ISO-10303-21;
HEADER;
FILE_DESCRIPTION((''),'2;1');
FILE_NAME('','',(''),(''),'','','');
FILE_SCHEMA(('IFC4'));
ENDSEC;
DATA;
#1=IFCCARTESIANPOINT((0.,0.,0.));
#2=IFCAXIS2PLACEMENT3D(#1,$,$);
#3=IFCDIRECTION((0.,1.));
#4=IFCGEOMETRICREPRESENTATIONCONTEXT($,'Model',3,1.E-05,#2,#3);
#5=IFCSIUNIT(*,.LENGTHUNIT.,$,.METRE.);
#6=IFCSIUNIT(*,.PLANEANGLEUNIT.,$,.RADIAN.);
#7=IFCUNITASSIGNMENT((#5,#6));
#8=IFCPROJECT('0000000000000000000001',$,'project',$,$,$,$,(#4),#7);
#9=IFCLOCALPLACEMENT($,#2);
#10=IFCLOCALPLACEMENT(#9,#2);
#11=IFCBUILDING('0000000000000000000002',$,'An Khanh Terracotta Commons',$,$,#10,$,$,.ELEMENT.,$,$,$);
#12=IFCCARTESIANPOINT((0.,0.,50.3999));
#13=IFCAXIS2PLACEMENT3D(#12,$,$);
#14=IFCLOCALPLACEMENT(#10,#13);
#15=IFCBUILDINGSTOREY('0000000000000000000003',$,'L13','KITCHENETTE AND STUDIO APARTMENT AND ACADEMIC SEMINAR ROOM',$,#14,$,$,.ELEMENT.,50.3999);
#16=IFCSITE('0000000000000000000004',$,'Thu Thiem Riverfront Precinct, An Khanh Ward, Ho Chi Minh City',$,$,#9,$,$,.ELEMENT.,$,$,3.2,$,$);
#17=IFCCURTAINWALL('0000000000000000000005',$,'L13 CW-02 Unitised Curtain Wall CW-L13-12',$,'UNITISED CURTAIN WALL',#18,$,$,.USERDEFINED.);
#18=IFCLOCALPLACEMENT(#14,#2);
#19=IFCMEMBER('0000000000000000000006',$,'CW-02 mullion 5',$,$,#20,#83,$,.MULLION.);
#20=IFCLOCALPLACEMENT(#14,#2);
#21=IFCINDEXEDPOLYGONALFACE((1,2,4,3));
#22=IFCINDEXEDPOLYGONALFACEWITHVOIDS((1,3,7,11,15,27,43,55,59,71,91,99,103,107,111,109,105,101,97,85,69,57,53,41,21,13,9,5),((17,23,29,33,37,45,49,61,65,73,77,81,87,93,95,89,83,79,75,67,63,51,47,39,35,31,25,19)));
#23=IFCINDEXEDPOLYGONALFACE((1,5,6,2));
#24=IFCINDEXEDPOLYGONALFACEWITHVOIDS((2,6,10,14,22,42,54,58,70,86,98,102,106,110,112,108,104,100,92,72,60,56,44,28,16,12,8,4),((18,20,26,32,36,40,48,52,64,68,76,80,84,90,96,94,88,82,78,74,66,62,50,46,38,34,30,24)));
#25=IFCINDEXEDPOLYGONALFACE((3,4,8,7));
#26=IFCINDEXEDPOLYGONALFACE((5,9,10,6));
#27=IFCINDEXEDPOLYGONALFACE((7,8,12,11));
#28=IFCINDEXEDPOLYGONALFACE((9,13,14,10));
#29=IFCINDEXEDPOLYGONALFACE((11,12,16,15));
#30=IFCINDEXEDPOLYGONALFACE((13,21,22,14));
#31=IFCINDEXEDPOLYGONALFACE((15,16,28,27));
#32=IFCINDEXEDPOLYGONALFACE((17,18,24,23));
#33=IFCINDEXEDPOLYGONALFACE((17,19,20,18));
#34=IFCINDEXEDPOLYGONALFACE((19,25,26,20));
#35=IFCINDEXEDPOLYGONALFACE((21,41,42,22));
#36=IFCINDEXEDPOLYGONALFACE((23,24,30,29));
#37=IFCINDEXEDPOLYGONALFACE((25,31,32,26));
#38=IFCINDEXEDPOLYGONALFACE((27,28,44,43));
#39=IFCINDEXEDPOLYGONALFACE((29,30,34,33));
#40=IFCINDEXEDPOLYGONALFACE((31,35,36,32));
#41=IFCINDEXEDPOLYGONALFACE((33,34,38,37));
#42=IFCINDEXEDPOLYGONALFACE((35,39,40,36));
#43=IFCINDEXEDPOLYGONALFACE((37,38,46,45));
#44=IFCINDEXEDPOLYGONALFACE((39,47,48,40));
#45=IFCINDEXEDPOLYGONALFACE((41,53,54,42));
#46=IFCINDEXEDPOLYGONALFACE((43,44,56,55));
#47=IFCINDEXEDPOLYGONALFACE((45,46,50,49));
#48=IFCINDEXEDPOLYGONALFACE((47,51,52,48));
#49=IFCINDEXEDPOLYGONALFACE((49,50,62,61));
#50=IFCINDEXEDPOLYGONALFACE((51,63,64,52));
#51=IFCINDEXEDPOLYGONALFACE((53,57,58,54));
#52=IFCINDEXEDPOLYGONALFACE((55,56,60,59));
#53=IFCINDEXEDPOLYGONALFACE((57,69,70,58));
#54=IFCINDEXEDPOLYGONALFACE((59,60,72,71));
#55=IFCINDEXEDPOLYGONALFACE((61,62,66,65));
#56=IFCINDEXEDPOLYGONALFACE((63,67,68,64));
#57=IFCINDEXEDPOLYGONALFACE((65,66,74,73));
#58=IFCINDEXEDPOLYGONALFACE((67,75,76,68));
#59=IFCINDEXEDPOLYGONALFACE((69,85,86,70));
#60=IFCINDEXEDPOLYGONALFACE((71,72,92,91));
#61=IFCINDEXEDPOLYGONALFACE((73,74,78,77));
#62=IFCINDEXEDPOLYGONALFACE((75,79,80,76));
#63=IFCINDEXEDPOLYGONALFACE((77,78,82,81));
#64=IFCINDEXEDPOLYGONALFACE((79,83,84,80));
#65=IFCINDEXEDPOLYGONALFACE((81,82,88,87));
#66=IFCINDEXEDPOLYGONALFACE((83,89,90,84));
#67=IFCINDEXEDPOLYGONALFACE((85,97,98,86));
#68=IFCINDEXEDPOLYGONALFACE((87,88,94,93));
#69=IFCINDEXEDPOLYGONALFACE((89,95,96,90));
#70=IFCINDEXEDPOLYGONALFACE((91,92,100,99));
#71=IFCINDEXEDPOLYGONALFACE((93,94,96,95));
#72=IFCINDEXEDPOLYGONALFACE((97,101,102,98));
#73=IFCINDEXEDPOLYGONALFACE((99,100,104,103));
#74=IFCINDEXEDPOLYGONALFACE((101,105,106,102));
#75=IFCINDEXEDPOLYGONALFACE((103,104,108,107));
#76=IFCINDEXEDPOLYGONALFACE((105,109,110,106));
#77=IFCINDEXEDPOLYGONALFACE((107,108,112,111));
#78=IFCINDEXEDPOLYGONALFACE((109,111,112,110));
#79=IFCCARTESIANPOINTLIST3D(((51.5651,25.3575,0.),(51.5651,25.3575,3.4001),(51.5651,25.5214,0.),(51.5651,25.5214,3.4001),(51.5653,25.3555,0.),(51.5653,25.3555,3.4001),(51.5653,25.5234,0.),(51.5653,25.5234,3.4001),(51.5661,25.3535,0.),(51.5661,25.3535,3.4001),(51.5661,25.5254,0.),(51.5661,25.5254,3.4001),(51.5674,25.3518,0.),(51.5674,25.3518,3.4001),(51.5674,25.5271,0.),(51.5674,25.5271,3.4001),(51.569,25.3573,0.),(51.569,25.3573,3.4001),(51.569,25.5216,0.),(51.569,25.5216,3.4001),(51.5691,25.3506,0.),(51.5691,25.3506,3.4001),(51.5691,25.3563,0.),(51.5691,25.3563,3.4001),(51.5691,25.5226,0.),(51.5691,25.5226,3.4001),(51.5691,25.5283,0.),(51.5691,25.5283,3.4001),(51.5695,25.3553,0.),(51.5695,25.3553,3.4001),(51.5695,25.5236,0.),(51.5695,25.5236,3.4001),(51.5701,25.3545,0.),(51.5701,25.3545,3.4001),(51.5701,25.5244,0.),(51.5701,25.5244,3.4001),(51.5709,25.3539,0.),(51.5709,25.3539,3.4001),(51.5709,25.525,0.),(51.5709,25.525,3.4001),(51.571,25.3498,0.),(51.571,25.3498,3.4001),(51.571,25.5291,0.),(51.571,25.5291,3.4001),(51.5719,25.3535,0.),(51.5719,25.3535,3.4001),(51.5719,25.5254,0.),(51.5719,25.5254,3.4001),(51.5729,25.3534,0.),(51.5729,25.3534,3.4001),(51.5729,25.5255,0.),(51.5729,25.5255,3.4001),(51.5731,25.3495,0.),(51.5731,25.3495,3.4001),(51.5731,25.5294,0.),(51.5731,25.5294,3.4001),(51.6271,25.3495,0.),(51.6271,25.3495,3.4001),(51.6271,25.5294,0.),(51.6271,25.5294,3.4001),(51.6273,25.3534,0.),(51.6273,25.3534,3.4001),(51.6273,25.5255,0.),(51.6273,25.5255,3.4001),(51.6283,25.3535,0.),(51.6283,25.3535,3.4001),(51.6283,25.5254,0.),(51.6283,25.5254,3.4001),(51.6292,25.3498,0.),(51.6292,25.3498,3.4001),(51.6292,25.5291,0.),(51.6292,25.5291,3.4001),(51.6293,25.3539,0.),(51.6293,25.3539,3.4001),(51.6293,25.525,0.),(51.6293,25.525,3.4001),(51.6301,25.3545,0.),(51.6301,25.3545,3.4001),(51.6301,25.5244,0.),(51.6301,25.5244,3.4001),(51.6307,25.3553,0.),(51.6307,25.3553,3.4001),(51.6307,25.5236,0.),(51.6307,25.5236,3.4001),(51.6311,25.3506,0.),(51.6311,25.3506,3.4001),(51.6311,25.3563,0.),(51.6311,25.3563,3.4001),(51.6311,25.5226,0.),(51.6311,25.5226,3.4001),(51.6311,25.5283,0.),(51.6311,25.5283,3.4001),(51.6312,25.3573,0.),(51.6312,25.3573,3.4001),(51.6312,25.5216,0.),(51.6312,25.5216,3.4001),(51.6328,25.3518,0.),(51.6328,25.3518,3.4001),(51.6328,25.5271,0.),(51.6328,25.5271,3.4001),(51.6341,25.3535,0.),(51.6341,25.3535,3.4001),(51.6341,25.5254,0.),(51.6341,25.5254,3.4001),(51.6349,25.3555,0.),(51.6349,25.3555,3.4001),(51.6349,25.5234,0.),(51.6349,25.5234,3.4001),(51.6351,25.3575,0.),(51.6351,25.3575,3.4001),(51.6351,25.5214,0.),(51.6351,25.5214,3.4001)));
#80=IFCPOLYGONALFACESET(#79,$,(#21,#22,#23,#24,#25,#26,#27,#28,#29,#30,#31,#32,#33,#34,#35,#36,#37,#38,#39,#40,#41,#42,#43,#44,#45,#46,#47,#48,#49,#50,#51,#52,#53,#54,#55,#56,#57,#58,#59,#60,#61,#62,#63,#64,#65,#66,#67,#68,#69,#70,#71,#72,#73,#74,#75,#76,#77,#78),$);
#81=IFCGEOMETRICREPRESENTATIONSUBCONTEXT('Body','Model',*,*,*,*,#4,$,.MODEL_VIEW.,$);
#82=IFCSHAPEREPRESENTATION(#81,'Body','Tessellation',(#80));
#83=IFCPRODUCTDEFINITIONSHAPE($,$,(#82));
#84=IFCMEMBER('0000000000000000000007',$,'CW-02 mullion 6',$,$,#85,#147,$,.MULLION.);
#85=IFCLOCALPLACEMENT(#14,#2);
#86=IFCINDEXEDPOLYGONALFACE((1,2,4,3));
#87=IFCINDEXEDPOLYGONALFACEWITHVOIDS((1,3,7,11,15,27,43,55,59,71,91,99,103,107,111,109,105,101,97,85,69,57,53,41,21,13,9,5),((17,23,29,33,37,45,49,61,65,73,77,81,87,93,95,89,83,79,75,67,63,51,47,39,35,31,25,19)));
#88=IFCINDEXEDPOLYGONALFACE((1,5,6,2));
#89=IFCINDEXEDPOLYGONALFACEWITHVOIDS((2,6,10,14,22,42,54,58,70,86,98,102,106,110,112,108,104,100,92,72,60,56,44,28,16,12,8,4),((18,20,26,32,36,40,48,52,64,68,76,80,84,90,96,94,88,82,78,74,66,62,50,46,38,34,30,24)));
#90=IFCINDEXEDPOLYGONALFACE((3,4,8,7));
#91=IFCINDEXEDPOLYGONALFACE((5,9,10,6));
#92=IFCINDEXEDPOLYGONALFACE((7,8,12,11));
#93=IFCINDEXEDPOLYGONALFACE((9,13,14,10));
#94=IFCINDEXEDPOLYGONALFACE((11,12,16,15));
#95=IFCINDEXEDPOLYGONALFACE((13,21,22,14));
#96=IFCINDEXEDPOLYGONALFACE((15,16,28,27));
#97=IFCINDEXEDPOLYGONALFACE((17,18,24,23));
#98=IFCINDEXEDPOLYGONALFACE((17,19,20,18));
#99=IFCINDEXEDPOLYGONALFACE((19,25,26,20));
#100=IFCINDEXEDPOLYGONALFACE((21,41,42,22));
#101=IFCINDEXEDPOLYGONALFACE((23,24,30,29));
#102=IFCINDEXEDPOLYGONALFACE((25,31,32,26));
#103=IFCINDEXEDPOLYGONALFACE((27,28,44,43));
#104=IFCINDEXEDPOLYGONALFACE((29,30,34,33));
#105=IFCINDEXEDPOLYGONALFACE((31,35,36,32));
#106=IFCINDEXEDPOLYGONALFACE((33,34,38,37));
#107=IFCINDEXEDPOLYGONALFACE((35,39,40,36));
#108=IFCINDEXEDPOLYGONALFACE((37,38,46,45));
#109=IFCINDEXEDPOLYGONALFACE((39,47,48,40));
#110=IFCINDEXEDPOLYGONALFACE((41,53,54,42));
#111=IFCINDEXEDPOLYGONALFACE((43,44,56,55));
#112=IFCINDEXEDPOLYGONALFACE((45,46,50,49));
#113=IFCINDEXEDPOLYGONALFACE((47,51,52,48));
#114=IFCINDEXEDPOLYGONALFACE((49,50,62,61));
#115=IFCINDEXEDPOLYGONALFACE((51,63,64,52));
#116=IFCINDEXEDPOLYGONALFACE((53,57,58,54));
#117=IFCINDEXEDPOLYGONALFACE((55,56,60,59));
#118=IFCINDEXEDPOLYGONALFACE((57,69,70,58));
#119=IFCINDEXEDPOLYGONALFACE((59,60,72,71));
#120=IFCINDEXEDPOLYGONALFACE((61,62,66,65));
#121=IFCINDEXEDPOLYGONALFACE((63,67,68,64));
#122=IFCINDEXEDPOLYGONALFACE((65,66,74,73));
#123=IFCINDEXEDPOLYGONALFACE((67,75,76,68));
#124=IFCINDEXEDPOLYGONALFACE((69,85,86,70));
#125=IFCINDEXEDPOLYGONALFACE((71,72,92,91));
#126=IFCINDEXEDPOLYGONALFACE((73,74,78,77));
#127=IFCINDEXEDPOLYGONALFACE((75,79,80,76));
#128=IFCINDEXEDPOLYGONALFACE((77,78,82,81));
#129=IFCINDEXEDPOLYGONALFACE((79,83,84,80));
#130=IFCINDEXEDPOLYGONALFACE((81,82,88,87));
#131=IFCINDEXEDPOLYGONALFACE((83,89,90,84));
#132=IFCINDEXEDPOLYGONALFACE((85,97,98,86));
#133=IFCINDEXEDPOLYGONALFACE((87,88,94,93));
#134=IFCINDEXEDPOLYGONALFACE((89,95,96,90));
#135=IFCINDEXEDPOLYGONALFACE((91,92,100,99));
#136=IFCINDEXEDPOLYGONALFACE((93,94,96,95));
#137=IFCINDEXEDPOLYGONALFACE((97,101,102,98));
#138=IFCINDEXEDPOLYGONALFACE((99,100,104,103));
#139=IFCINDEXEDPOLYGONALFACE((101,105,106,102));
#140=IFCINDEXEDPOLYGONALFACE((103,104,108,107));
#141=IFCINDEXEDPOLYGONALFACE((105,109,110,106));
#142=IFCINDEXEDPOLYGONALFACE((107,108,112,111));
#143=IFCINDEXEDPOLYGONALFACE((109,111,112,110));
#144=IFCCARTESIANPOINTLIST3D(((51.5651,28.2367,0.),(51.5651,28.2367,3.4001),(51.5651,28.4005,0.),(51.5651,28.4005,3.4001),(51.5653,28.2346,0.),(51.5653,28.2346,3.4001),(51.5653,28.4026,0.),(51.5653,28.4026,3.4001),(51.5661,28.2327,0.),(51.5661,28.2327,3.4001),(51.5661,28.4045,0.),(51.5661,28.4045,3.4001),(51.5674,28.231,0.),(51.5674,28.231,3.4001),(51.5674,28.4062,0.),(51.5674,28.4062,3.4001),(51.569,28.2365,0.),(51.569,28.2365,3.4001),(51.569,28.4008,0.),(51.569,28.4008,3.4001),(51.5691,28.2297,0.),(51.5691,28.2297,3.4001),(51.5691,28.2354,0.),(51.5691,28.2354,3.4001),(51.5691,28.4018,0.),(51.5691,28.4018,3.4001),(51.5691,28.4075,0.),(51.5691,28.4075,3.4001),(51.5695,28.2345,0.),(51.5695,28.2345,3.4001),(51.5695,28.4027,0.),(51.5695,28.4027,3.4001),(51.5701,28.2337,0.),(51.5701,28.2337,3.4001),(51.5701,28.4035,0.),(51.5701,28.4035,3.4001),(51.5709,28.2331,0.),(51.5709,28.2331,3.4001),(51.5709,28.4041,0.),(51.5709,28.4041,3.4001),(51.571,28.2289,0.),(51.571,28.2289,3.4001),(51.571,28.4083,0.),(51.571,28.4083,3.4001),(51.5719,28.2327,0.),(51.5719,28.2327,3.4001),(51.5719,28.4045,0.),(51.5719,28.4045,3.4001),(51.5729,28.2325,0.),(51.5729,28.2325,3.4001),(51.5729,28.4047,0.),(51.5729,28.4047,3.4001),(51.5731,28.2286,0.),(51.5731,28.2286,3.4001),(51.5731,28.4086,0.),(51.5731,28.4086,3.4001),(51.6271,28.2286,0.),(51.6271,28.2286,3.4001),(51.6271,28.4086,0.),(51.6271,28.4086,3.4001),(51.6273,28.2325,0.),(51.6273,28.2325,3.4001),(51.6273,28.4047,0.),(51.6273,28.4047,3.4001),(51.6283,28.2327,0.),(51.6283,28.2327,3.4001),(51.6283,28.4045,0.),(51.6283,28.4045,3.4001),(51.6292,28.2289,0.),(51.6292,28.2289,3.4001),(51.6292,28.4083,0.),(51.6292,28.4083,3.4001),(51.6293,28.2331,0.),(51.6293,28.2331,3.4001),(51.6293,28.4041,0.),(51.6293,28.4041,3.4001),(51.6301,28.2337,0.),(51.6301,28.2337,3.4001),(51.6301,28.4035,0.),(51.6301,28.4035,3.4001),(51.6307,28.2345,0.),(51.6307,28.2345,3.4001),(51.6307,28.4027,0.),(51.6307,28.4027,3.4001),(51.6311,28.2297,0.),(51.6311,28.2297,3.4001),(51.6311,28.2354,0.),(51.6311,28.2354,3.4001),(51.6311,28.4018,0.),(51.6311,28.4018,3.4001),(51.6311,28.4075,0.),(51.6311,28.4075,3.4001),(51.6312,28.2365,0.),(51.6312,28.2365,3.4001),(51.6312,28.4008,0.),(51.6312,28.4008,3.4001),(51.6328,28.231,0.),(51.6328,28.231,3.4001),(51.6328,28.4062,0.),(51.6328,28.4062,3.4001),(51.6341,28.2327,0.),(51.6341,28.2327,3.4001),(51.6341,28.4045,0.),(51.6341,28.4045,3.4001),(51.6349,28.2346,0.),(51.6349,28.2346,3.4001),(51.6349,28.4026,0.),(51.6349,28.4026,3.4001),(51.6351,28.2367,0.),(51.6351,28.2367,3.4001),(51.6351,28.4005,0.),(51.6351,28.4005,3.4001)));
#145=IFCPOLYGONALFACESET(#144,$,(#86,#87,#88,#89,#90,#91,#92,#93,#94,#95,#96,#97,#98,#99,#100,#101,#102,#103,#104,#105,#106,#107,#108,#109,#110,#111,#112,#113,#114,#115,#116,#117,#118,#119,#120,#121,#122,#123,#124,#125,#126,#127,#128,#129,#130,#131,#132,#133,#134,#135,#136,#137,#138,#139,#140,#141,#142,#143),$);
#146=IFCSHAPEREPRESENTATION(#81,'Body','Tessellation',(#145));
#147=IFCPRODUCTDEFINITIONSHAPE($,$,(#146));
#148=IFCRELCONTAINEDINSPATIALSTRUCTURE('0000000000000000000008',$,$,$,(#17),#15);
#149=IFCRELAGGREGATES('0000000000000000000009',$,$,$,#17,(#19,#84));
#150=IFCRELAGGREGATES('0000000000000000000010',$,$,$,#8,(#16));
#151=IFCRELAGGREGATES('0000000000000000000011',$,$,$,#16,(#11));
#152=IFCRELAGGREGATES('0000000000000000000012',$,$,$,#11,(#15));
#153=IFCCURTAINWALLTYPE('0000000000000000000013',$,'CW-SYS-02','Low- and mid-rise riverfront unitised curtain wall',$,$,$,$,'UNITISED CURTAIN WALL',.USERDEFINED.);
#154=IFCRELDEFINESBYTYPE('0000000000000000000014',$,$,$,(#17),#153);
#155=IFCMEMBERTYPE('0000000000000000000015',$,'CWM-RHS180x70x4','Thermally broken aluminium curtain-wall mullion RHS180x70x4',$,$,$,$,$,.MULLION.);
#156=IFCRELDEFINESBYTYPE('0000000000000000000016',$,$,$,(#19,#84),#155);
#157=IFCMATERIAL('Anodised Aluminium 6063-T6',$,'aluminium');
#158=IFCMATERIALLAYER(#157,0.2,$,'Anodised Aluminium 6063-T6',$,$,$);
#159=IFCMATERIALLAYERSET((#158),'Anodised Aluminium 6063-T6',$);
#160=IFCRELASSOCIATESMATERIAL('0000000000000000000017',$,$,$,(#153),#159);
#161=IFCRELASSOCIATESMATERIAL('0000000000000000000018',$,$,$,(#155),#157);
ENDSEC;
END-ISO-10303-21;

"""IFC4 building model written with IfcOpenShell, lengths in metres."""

from ifc_helpers import new_model, si_unit, direction, frame, origin, origin_2d, place, context, subcontext, project, spatial, hollow_rectangle, extrude, material, layer, layer_set, material_profile, profile_set, type_object, element, aggregate, save


model = new_model("IFC4")

# Units and contexts
model_context = context("Model", 3, precision=1e-05, world=origin(), true_north=direction((0.0, 1.0)))
body_context = subcontext(model_context, "Body", "Model", "MODEL_VIEW")
ifc_project = project(units=[si_unit("LENGTHUNIT", "METRE"), si_unit("PLANEANGLEUNIT", "RADIAN")], contexts=[model_context])

# Site, building, storey
site_placement = place(None, origin())
site = spatial("IfcSite", under=ifc_project, at=site_placement, Name="Thu Thiem Riverfront Precinct, An Khanh Ward, Ho Chi Minh City", CompositionType="ELEMENT", RefElevation=3.2)
building_placement = place(site_placement, origin())
building = spatial("IfcBuilding", under=site, at=building_placement, Name="An Khanh Terracotta Commons", CompositionType="ELEMENT")
storey_placement = place(building_placement, frame((0.0, 0.0, 50.3999)))
storey = spatial("IfcBuildingStorey", under=building, at=storey_placement, Name="L13", Description="KITCHENETTE AND STUDIO APARTMENT AND ACADEMIC SEMINAR ROOM", CompositionType="ELEMENT", Elevation=50.3999)

# Curtain wall, members
ifc_material_1 = material(Name="Anodised Aluminium 6063-T6", Category="aluminium")
ifc_layer_1 = layer(ifc_material_1, 0.2, Name="Anodised Aluminium 6063-T6")
ifc_layer_set_1 = layer_set([ifc_layer_1], Name="Anodised Aluminium 6063-T6")
curtain_wall_type = type_object("IfcCurtainWallType", Name="CW-SYS-02", Description="Low- and mid-rise riverfront unitised curtain wall", ElementType="UNITISED CURTAIN WALL", PredefinedType="USERDEFINED", material=ifc_layer_set_1)
curtain_wall_placement = place(storey_placement, origin())
curtain_wall = element("IfcCurtainWall", 1, at=curtain_wall_placement, inside=storey, type_object=curtain_wall_type, Name="L13 CW-02 Unitised Curtain Wall CW-L13-12", ObjectType="UNITISED CURTAIN WALL", PredefinedType="USERDEFINED")
ifc_material_profile_1 = material_profile(ifc_material_1, hollow_rectangle(XDim=0.0701, YDim=0.1799, WallThickness=0.0039, InnerFilletRadius=0.0039, OuterFilletRadius=0.0081, at=origin_2d()), Name="RHS180x70x4")
ifc_profile_set_1 = profile_set([ifc_material_profile_1], Name="Anodised Aluminium 6063-T6")
member_type_1 = type_object("IfcMemberType", Name="CWM-RHS180x70x4", Description="Thermally broken aluminium curtain-wall mullion RHS180x70x4", PredefinedType="MULLION", material=ifc_profile_set_1)
member_1_placement = place(storey_placement, frame((51.6001, 25.4395, 0.0), z_axis=(0.0, 0.0, 1.0), x_axis=(-1.0, 0.0, 0.0)))
member_1 = element("IfcMember", 2, at=member_1_placement, type_object=member_type_1, Name="CW-02 mullion 5", PredefinedType="MULLION", context=body_context, shape_type="SweptSolid", body=[
    extrude(hollow_rectangle(XDim=0.0701, YDim=0.1799, WallThickness=0.0039, InnerFilletRadius=0.0039, OuterFilletRadius=0.0081, at=origin_2d()), origin(), (0.0, 0.0, 1.0), 3.4001),
])
member_2_placement = place(storey_placement, frame((51.6001, 28.3186, 0.0), z_axis=(0.0, 0.0, 1.0), x_axis=(-1.0, 0.0, 0.0)))
member_2 = element("IfcMember", 3, at=member_2_placement, type_object=member_type_1, Name="CW-02 mullion 6", PredefinedType="MULLION", context=body_context, shape_type="SweptSolid", body=[
    extrude(hollow_rectangle(XDim=0.0701, YDim=0.1799, WallThickness=0.0039, InnerFilletRadius=0.0039, OuterFilletRadius=0.0081, at=origin_2d()), origin(), (0.0, 0.0, 1.0), 3.4001),
])
aggregate(curtain_wall, [member_1, member_2])

save(model, "model.ifc")
